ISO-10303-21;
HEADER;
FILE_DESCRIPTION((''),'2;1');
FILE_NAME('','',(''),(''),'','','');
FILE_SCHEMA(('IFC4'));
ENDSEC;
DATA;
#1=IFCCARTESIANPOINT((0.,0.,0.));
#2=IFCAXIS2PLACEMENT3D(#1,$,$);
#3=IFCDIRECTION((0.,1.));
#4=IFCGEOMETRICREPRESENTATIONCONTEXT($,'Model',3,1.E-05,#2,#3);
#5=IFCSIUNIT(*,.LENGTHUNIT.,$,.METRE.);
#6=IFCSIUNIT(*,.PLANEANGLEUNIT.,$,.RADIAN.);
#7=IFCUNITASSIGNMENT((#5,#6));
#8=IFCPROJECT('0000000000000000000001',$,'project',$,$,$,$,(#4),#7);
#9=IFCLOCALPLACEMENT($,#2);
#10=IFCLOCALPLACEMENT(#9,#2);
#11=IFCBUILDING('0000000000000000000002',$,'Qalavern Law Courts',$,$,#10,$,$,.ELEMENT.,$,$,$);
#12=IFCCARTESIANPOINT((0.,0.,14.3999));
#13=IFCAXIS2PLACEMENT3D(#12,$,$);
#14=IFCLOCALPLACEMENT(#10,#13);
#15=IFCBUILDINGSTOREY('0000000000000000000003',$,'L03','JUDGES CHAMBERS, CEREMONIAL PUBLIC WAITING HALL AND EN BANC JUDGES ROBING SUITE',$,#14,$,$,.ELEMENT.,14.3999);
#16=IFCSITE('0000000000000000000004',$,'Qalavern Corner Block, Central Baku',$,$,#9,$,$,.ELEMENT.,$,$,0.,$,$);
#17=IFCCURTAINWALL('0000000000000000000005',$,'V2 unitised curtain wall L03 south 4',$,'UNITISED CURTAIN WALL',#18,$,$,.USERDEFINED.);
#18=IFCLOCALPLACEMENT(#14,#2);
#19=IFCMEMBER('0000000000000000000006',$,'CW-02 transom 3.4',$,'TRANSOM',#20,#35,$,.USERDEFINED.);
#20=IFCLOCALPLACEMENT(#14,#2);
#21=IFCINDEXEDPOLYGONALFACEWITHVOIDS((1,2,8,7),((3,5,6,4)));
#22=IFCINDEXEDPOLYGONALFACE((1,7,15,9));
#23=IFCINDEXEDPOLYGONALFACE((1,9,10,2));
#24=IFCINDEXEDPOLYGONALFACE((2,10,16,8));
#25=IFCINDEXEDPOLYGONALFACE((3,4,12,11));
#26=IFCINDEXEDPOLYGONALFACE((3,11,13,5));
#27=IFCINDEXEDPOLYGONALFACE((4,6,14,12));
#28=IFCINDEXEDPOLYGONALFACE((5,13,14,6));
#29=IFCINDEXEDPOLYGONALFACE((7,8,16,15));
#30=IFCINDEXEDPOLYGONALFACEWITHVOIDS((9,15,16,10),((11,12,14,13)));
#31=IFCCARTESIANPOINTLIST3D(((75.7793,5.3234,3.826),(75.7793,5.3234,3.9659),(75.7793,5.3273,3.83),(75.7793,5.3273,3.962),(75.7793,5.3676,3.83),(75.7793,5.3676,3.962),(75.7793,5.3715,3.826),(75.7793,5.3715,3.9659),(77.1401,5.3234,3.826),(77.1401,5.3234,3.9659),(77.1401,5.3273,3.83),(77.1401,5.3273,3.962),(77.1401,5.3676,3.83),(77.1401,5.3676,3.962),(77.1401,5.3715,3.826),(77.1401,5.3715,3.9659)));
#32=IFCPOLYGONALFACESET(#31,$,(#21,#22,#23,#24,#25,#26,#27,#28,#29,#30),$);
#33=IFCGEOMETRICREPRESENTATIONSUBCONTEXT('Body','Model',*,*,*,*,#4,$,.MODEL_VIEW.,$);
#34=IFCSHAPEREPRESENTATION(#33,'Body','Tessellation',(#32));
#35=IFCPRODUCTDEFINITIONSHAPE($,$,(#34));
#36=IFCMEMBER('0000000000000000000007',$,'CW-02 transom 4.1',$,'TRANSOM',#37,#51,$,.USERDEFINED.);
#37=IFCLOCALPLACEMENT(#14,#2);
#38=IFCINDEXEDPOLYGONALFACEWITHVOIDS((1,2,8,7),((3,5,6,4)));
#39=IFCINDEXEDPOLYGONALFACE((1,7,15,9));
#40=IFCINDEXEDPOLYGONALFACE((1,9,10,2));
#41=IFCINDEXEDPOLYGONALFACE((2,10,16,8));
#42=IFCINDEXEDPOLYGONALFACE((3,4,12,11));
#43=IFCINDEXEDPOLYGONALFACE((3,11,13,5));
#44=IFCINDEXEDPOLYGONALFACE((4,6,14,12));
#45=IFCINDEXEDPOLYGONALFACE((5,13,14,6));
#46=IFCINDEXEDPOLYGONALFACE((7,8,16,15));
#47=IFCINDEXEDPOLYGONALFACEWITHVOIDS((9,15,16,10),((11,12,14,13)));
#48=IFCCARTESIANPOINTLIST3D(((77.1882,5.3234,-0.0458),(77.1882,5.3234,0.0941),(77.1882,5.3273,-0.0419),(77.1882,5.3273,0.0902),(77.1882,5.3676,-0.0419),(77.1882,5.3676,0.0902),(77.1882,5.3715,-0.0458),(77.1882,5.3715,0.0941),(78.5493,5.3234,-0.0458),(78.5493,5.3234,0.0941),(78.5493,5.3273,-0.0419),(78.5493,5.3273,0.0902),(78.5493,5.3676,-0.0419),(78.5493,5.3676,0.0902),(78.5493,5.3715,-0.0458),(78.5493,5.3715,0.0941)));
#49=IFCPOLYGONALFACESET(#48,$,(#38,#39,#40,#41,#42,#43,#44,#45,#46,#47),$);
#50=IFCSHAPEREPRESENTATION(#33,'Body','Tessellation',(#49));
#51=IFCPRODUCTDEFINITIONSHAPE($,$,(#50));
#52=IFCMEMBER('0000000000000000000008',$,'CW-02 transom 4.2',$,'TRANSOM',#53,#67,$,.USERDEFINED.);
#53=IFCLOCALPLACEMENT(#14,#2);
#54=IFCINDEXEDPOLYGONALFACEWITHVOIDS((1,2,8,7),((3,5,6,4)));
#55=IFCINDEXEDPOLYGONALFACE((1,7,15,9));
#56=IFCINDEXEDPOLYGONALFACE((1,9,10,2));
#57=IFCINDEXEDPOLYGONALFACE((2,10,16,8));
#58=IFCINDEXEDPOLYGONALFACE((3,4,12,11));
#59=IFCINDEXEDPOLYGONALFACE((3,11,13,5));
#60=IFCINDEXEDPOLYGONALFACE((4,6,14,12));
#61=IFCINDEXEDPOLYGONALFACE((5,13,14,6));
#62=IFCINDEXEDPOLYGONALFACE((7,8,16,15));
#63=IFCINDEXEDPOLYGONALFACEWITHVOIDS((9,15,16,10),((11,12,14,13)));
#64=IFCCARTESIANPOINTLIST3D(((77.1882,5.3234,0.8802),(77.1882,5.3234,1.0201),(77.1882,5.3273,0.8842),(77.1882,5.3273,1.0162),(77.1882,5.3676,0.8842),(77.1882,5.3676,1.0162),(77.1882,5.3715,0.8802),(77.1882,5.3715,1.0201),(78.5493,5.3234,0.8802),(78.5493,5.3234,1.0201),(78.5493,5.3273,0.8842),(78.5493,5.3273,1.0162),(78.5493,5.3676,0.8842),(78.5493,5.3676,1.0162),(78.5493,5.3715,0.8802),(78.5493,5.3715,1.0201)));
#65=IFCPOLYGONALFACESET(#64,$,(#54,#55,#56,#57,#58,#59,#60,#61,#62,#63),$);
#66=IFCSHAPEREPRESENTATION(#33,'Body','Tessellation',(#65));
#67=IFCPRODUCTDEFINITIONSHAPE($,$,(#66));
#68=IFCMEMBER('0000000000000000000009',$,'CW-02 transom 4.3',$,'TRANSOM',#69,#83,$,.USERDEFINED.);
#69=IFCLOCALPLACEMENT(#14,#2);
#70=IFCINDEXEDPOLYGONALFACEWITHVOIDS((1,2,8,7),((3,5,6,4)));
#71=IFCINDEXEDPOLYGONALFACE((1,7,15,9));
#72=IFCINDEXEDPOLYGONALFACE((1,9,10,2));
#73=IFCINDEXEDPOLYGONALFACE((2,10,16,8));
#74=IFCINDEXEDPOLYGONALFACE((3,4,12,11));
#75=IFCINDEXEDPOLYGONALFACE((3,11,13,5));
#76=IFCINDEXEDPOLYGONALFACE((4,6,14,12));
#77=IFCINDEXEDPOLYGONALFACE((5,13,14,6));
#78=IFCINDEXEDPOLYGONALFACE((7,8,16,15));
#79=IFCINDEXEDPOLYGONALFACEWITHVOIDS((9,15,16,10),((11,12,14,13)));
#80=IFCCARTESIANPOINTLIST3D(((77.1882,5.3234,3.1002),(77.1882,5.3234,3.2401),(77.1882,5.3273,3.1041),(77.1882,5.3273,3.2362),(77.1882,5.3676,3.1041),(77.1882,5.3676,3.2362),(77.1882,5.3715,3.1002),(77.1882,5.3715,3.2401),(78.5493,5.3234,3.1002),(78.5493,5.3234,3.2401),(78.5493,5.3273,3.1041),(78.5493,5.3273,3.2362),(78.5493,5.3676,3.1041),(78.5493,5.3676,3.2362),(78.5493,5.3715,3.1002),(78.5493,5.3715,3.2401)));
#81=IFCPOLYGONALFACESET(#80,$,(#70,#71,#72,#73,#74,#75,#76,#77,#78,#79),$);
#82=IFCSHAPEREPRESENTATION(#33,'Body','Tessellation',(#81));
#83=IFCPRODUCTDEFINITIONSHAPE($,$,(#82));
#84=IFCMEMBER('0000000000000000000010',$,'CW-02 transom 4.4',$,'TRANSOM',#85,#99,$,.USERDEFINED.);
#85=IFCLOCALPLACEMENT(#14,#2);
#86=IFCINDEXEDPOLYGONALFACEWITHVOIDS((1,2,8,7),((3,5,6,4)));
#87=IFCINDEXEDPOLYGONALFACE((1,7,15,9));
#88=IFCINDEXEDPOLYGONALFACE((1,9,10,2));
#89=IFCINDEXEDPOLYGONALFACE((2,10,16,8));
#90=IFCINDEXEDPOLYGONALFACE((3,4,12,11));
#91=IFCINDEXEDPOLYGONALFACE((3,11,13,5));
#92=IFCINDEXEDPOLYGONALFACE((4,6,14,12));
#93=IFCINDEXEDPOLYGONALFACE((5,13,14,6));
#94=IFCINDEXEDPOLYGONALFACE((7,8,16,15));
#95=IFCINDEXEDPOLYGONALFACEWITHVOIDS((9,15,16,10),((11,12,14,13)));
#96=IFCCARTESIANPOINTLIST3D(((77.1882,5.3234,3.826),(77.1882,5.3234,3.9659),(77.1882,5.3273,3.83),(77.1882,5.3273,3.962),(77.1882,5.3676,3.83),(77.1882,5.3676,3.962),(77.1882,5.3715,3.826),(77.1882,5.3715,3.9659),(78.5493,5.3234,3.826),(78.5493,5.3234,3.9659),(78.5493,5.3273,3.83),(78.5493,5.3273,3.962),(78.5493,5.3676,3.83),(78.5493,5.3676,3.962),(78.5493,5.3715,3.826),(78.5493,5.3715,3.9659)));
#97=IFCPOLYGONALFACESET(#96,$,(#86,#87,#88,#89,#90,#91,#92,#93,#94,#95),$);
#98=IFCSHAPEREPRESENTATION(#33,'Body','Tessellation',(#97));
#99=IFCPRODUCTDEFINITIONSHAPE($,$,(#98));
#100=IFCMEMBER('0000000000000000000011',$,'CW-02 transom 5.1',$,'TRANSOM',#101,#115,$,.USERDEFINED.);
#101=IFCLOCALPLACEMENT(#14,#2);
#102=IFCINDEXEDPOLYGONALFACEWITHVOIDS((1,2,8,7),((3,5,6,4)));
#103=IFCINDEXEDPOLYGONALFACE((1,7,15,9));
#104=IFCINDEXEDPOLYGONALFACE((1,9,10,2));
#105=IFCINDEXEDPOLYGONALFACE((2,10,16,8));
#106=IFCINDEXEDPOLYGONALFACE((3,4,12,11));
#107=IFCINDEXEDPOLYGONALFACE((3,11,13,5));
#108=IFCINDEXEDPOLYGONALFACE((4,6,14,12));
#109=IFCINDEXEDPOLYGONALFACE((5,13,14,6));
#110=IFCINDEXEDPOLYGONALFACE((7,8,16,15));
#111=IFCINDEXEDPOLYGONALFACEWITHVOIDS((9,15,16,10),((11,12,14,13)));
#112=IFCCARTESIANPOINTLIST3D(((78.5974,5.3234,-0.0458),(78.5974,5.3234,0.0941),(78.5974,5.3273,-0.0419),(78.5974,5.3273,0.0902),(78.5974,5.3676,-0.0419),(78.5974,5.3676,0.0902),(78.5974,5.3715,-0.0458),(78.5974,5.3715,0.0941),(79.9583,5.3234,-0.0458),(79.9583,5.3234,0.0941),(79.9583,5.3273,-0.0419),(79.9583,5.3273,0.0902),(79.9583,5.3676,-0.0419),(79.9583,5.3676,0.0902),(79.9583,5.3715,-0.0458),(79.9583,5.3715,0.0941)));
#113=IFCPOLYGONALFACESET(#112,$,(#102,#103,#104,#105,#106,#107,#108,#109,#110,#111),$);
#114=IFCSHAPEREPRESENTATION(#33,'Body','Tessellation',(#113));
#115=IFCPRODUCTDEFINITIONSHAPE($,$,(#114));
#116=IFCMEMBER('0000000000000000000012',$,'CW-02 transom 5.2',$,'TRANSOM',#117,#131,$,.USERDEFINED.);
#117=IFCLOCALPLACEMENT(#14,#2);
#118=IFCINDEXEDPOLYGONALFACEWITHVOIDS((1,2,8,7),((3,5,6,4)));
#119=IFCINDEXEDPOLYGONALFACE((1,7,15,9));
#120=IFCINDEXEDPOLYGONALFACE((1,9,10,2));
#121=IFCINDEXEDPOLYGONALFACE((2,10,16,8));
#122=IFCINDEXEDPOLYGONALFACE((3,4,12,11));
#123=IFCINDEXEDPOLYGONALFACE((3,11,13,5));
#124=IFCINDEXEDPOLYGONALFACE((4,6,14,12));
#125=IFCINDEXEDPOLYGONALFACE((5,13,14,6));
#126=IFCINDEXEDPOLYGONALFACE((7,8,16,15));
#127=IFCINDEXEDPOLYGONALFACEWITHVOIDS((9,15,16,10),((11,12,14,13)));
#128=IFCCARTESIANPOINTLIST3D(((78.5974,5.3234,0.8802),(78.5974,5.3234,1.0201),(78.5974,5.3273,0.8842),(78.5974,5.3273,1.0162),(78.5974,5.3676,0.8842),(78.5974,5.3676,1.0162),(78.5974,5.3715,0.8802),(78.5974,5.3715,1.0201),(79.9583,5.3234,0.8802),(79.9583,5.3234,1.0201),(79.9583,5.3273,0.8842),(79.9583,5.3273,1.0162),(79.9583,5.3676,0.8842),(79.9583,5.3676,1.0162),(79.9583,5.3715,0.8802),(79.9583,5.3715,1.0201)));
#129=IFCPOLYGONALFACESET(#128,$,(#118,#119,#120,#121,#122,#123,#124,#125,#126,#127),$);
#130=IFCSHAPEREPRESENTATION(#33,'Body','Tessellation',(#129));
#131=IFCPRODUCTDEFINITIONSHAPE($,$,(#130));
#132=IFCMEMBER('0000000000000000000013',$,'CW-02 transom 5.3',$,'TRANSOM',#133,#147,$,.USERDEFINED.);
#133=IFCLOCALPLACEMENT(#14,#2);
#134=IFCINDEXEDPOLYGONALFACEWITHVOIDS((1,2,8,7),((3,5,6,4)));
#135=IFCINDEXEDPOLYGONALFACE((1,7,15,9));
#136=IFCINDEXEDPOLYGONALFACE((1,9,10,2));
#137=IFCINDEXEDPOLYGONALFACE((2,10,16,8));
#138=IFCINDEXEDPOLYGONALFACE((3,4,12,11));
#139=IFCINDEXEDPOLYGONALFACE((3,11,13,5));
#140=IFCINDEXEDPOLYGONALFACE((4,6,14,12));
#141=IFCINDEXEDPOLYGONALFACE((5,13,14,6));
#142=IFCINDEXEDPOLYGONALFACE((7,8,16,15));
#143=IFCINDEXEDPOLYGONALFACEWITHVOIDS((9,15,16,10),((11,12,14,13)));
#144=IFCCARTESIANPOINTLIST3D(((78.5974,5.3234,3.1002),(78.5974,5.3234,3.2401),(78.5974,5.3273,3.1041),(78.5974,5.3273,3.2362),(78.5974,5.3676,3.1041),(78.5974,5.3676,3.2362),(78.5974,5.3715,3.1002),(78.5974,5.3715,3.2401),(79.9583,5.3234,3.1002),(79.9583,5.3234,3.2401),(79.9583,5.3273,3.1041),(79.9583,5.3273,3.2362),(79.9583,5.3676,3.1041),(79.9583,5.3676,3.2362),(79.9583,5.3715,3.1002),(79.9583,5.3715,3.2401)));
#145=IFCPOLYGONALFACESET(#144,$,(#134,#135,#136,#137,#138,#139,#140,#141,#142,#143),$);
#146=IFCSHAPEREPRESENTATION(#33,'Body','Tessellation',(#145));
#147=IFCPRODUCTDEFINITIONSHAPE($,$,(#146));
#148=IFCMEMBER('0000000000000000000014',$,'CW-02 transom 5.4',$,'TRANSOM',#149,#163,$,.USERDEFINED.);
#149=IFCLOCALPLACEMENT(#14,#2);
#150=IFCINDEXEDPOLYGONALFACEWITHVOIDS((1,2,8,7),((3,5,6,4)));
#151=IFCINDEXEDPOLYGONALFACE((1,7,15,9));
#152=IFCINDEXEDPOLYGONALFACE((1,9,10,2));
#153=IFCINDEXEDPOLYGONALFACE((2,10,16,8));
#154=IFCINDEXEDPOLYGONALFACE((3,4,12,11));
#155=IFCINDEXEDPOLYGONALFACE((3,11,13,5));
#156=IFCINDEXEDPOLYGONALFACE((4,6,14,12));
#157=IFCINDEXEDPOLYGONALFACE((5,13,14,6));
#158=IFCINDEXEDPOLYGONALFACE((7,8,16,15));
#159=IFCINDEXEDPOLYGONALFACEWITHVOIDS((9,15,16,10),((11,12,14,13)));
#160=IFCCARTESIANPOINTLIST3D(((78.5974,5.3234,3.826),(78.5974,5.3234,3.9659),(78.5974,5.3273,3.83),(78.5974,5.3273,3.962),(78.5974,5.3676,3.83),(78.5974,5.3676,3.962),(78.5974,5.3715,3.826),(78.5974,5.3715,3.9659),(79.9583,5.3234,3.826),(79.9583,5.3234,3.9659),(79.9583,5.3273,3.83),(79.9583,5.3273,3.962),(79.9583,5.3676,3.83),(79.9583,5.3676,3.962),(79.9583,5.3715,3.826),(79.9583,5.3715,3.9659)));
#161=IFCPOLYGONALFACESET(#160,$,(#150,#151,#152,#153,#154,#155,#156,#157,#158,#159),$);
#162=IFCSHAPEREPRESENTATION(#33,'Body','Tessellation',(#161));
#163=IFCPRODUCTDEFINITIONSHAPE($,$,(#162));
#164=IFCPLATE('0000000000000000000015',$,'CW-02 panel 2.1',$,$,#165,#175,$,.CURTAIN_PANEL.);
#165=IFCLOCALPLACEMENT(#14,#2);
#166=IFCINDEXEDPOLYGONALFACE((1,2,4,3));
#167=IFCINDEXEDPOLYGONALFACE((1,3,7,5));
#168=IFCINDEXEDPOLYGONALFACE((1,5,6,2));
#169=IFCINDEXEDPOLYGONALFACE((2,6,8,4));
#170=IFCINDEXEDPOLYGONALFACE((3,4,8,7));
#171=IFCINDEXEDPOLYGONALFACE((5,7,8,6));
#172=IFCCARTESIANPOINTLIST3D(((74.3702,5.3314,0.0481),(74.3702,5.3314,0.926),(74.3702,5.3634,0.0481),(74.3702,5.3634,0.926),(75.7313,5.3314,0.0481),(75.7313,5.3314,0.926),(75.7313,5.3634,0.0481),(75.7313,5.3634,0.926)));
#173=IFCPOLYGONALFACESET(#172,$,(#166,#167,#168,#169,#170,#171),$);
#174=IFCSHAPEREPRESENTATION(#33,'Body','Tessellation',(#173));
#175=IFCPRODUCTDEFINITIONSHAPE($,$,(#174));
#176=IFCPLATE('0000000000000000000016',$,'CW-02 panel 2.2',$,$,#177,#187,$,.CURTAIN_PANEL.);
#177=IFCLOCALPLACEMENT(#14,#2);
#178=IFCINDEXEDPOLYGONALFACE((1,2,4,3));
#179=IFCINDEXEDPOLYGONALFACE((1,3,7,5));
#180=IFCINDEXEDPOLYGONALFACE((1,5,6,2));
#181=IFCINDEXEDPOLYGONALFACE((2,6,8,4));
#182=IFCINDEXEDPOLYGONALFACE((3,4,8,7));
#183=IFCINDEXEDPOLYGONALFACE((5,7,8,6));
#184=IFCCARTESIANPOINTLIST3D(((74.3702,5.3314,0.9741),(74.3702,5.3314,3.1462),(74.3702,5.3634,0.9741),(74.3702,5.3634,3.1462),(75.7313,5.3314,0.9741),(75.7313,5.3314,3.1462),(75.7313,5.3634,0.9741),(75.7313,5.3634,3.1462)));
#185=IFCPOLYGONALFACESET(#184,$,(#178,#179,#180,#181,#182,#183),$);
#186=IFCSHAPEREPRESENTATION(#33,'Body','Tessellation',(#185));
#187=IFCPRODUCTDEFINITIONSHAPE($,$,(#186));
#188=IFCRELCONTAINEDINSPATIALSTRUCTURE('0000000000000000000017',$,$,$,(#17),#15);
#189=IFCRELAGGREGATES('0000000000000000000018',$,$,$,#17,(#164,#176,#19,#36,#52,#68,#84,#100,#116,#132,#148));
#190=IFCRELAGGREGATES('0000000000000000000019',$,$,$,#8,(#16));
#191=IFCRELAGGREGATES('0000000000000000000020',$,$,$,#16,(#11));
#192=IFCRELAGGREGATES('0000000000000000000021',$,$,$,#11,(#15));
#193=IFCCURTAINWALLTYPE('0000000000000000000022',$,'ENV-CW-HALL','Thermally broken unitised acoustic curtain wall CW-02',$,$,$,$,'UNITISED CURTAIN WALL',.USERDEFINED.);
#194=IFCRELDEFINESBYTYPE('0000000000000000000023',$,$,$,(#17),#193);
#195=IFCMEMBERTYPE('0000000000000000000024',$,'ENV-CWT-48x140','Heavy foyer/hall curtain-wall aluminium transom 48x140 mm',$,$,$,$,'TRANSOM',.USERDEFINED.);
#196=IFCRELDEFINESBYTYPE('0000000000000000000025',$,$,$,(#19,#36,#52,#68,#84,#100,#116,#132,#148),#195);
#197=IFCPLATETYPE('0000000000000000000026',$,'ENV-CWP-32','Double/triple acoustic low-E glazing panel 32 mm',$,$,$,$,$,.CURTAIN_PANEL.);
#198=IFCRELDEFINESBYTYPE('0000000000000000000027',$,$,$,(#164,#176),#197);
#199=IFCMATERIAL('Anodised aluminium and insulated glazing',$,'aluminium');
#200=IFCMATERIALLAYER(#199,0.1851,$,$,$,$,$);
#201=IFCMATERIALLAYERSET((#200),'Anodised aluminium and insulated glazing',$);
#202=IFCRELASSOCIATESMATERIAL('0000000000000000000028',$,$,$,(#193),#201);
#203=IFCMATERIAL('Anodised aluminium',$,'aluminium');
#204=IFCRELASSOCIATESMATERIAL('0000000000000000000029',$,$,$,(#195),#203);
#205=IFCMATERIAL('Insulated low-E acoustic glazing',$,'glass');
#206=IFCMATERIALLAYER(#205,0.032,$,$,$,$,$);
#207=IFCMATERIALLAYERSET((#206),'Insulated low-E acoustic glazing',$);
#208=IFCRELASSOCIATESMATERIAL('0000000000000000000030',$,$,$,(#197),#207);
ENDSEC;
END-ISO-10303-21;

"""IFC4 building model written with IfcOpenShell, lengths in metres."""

from ifc_helpers import new_model, si_unit, direction, frame, origin, origin_2d, place, context, subcontext, project, spatial, rectangle, hollow_rectangle, extrude, material, layer, layer_set, material_profile, profile_set, type_object, element, aggregate, save


model = new_model("IFC4")

# Units and contexts
model_context = context("Model", 3, precision=1e-05, world=origin(), true_north=direction((0.0, 1.0)))
body_context = subcontext(model_context, "Body", "Model", "MODEL_VIEW")
ifc_project = project(units=[si_unit("LENGTHUNIT", "METRE"), si_unit("PLANEANGLEUNIT", "RADIAN")], contexts=[model_context])

# Site, building, storey
site_placement = place(None, origin())
site = spatial("IfcSite", under=ifc_project, at=site_placement, Name="Qalavern Corner Block, Central Baku", CompositionType="ELEMENT", RefElevation=0.0)
building_placement = place(site_placement, origin())
building = spatial("IfcBuilding", under=site, at=building_placement, Name="Qalavern Law Courts", CompositionType="ELEMENT")
storey_placement = place(building_placement, frame((0.0, 0.0, 14.3999)))
storey = spatial("IfcBuildingStorey", under=building, at=storey_placement, Name="L03", Description="JUDGES CHAMBERS, CEREMONIAL PUBLIC WAITING HALL AND EN BANC JUDGES ROBING SUITE", CompositionType="ELEMENT", Elevation=14.3999)

# Curtain wall, members, plates
ifc_material_1 = material(Name="Anodised aluminium and insulated glazing", Category="aluminium")
ifc_layer_1 = layer(ifc_material_1, 0.1851)
ifc_layer_set_1 = layer_set([ifc_layer_1], Name="Anodised aluminium and insulated glazing")
curtain_wall_type = type_object("IfcCurtainWallType", Name="ENV-CW-HALL", Description="Thermally broken unitised acoustic curtain wall CW-02", ElementType="UNITISED CURTAIN WALL", PredefinedType="USERDEFINED", material=ifc_layer_set_1)
curtain_wall_placement = place(storey_placement, origin())
curtain_wall = element("IfcCurtainWall", 1, at=curtain_wall_placement, inside=storey, type_object=curtain_wall_type, Name="V2 unitised curtain wall L03 south 4", ObjectType="UNITISED CURTAIN WALL", PredefinedType="USERDEFINED")
ifc_material_2 = material(Name="Anodised aluminium", Category="aluminium")
ifc_material_profile_1 = material_profile(ifc_material_2, hollow_rectangle(XDim=0.0481, YDim=0.1399, WallThickness=0.0039, at=origin_2d()), Name="ALU TRANSOM 48x140")
ifc_profile_set_1 = profile_set([ifc_material_profile_1], Name="Anodised aluminium")
member_type_1 = type_object("IfcMemberType", Name="ENV-CWT-48x140", Description="Heavy foyer/hall curtain-wall aluminium transom 48x140 mm", ElementType="TRANSOM", PredefinedType="USERDEFINED", material=ifc_profile_set_1)
member_1_placement = place(storey_placement, frame((75.7793, 5.3474, 3.896), z_axis=(1.0, 0.0, 0.0), x_axis=(0.0, 1.0, 0.0)))
member_1 = element("IfcMember", 2, at=member_1_placement, type_object=member_type_1, Name="CW-02 transom 3.4", ObjectType="TRANSOM", PredefinedType="USERDEFINED", context=body_context, shape_type="SweptSolid", body=[
    extrude(hollow_rectangle(XDim=0.0481, YDim=0.1399, WallThickness=0.0039, at=origin_2d()), origin(), (0.0, 0.0, 1.0), 1.3608),
])
member_2_placement = place(storey_placement, frame((77.1882, 5.3474, 0.0242), z_axis=(1.0, 0.0, 0.0), x_axis=(0.0, 1.0, 0.0)))
member_2 = element("IfcMember", 3, at=member_2_placement, type_object=member_type_1, Name="CW-02 transom 4.1", ObjectType="TRANSOM", PredefinedType="USERDEFINED", context=body_context, shape_type="SweptSolid", body=[
    extrude(hollow_rectangle(XDim=0.0481, YDim=0.1399, WallThickness=0.0039, at=origin_2d()), origin(), (0.0, 0.0, 1.0), 1.3611),
])
member_3_placement = place(storey_placement, frame((77.1882, 5.3474, 0.9502), z_axis=(1.0, 0.0, 0.0), x_axis=(0.0, 1.0, 0.0)))
member_3 = element("IfcMember", 4, at=member_3_placement, type_object=member_type_1, Name="CW-02 transom 4.2", ObjectType="TRANSOM", PredefinedType="USERDEFINED", context=body_context, shape_type="SweptSolid", body=[
    extrude(hollow_rectangle(XDim=0.0481, YDim=0.1399, WallThickness=0.0039, at=origin_2d()), origin(), (0.0, 0.0, 1.0), 1.3611),
])
member_4_placement = place(storey_placement, frame((77.1882, 5.3474, 3.1702), z_axis=(1.0, 0.0, 0.0), x_axis=(0.0, 1.0, 0.0)))
member_4 = element("IfcMember", 5, at=member_4_placement, type_object=member_type_1, Name="CW-02 transom 4.3", ObjectType="TRANSOM", PredefinedType="USERDEFINED", context=body_context, shape_type="SweptSolid", body=[
    extrude(hollow_rectangle(XDim=0.0481, YDim=0.1399, WallThickness=0.0039, at=origin_2d()), origin(), (0.0, 0.0, 1.0), 1.3611),
])
member_5_placement = place(storey_placement, frame((77.1882, 5.3474, 3.896), z_axis=(1.0, 0.0, 0.0), x_axis=(0.0, 1.0, 0.0)))
member_5 = element("IfcMember", 6, at=member_5_placement, type_object=member_type_1, Name="CW-02 transom 4.4", ObjectType="TRANSOM", PredefinedType="USERDEFINED", context=body_context, shape_type="SweptSolid", body=[
    extrude(hollow_rectangle(XDim=0.0481, YDim=0.1399, WallThickness=0.0039, at=origin_2d()), origin(), (0.0, 0.0, 1.0), 1.3611),
])
member_6_placement = place(storey_placement, frame((78.5974, 5.3474, 0.0242), z_axis=(1.0, 0.0, 0.0), x_axis=(0.0, 1.0, 0.0)))
member_6 = element("IfcMember", 7, at=member_6_placement, type_object=member_type_1, Name="CW-02 transom 5.1", ObjectType="TRANSOM", PredefinedType="USERDEFINED", context=body_context, shape_type="SweptSolid", body=[
    extrude(hollow_rectangle(XDim=0.0481, YDim=0.1399, WallThickness=0.0039, at=origin_2d()), origin(), (0.0, 0.0, 1.0), 1.3608),
])
member_7_placement = place(storey_placement, frame((78.5974, 5.3474, 0.9502), z_axis=(1.0, 0.0, 0.0), x_axis=(0.0, 1.0, 0.0)))
member_7 = element("IfcMember", 8, at=member_7_placement, type_object=member_type_1, Name="CW-02 transom 5.2", ObjectType="TRANSOM", PredefinedType="USERDEFINED", context=body_context, shape_type="SweptSolid", body=[
    extrude(hollow_rectangle(XDim=0.0481, YDim=0.1399, WallThickness=0.0039, at=origin_2d()), origin(), (0.0, 0.0, 1.0), 1.3608),
])
member_8_placement = place(storey_placement, frame((78.5974, 5.3474, 3.1702), z_axis=(1.0, 0.0, 0.0), x_axis=(0.0, 1.0, 0.0)))
member_8 = element("IfcMember", 9, at=member_8_placement, type_object=member_type_1, Name="CW-02 transom 5.3", ObjectType="TRANSOM", PredefinedType="USERDEFINED", context=body_context, shape_type="SweptSolid", body=[
    extrude(hollow_rectangle(XDim=0.0481, YDim=0.1399, WallThickness=0.0039, at=origin_2d()), origin(), (0.0, 0.0, 1.0), 1.3608),
])
member_9_placement = place(storey_placement, frame((78.5974, 5.3474, 3.896), z_axis=(1.0, 0.0, 0.0), x_axis=(0.0, 1.0, 0.0)))
member_9 = element("IfcMember", 10, at=member_9_placement, type_object=member_type_1, Name="CW-02 transom 5.4", ObjectType="TRANSOM", PredefinedType="USERDEFINED", context=body_context, shape_type="SweptSolid", body=[
    extrude(hollow_rectangle(XDim=0.0481, YDim=0.1399, WallThickness=0.0039, at=origin_2d()), origin(), (0.0, 0.0, 1.0), 1.3608),
])
ifc_material_3 = material(Name="Insulated low-E acoustic glazing", Category="glass")
ifc_layer_2 = layer(ifc_material_3, 0.032)
ifc_layer_set_2 = layer_set([ifc_layer_2], Name="Insulated low-E acoustic glazing")
plate_type = type_object("IfcPlateType", Name="ENV-CWP-32", Description="Double/triple acoustic low-E glazing panel 32 mm", PredefinedType="CURTAIN_PANEL", material=ifc_layer_set_2)
plate_1_placement = place(storey_placement, frame((75.0508, 5.3474, 0.0481), z_axis=(0.0, 0.0, 1.0), x_axis=(1.0, 0.0, 0.0)))
plate_1 = element("IfcPlate", 11, at=plate_1_placement, type_object=plate_type, Name="CW-02 panel 2.1", PredefinedType="CURTAIN_PANEL", context=body_context, shape_type="SweptSolid", body=[
    extrude(rectangle(XDim=1.3611, YDim=0.032, at=origin_2d()), origin(), (0.0, 0.0, 1.0), 0.8779),
])
plate_2_placement = place(storey_placement, frame((75.0508, 5.3474, 0.9741), z_axis=(0.0, 0.0, 1.0), x_axis=(1.0, 0.0, 0.0)))
plate_2 = element("IfcPlate", 12, at=plate_2_placement, type_object=plate_type, Name="CW-02 panel 2.2", PredefinedType="CURTAIN_PANEL", context=body_context, shape_type="SweptSolid", body=[
    extrude(rectangle(XDim=1.3611, YDim=0.032, at=origin_2d()), origin(), (0.0, 0.0, 1.0), 2.1721),
])
aggregate(curtain_wall, [plate_1, plate_2, member_1, member_2, member_3, member_4, member_5, member_6, member_7, member_8, member_9])

save(model, "model.ifc")
